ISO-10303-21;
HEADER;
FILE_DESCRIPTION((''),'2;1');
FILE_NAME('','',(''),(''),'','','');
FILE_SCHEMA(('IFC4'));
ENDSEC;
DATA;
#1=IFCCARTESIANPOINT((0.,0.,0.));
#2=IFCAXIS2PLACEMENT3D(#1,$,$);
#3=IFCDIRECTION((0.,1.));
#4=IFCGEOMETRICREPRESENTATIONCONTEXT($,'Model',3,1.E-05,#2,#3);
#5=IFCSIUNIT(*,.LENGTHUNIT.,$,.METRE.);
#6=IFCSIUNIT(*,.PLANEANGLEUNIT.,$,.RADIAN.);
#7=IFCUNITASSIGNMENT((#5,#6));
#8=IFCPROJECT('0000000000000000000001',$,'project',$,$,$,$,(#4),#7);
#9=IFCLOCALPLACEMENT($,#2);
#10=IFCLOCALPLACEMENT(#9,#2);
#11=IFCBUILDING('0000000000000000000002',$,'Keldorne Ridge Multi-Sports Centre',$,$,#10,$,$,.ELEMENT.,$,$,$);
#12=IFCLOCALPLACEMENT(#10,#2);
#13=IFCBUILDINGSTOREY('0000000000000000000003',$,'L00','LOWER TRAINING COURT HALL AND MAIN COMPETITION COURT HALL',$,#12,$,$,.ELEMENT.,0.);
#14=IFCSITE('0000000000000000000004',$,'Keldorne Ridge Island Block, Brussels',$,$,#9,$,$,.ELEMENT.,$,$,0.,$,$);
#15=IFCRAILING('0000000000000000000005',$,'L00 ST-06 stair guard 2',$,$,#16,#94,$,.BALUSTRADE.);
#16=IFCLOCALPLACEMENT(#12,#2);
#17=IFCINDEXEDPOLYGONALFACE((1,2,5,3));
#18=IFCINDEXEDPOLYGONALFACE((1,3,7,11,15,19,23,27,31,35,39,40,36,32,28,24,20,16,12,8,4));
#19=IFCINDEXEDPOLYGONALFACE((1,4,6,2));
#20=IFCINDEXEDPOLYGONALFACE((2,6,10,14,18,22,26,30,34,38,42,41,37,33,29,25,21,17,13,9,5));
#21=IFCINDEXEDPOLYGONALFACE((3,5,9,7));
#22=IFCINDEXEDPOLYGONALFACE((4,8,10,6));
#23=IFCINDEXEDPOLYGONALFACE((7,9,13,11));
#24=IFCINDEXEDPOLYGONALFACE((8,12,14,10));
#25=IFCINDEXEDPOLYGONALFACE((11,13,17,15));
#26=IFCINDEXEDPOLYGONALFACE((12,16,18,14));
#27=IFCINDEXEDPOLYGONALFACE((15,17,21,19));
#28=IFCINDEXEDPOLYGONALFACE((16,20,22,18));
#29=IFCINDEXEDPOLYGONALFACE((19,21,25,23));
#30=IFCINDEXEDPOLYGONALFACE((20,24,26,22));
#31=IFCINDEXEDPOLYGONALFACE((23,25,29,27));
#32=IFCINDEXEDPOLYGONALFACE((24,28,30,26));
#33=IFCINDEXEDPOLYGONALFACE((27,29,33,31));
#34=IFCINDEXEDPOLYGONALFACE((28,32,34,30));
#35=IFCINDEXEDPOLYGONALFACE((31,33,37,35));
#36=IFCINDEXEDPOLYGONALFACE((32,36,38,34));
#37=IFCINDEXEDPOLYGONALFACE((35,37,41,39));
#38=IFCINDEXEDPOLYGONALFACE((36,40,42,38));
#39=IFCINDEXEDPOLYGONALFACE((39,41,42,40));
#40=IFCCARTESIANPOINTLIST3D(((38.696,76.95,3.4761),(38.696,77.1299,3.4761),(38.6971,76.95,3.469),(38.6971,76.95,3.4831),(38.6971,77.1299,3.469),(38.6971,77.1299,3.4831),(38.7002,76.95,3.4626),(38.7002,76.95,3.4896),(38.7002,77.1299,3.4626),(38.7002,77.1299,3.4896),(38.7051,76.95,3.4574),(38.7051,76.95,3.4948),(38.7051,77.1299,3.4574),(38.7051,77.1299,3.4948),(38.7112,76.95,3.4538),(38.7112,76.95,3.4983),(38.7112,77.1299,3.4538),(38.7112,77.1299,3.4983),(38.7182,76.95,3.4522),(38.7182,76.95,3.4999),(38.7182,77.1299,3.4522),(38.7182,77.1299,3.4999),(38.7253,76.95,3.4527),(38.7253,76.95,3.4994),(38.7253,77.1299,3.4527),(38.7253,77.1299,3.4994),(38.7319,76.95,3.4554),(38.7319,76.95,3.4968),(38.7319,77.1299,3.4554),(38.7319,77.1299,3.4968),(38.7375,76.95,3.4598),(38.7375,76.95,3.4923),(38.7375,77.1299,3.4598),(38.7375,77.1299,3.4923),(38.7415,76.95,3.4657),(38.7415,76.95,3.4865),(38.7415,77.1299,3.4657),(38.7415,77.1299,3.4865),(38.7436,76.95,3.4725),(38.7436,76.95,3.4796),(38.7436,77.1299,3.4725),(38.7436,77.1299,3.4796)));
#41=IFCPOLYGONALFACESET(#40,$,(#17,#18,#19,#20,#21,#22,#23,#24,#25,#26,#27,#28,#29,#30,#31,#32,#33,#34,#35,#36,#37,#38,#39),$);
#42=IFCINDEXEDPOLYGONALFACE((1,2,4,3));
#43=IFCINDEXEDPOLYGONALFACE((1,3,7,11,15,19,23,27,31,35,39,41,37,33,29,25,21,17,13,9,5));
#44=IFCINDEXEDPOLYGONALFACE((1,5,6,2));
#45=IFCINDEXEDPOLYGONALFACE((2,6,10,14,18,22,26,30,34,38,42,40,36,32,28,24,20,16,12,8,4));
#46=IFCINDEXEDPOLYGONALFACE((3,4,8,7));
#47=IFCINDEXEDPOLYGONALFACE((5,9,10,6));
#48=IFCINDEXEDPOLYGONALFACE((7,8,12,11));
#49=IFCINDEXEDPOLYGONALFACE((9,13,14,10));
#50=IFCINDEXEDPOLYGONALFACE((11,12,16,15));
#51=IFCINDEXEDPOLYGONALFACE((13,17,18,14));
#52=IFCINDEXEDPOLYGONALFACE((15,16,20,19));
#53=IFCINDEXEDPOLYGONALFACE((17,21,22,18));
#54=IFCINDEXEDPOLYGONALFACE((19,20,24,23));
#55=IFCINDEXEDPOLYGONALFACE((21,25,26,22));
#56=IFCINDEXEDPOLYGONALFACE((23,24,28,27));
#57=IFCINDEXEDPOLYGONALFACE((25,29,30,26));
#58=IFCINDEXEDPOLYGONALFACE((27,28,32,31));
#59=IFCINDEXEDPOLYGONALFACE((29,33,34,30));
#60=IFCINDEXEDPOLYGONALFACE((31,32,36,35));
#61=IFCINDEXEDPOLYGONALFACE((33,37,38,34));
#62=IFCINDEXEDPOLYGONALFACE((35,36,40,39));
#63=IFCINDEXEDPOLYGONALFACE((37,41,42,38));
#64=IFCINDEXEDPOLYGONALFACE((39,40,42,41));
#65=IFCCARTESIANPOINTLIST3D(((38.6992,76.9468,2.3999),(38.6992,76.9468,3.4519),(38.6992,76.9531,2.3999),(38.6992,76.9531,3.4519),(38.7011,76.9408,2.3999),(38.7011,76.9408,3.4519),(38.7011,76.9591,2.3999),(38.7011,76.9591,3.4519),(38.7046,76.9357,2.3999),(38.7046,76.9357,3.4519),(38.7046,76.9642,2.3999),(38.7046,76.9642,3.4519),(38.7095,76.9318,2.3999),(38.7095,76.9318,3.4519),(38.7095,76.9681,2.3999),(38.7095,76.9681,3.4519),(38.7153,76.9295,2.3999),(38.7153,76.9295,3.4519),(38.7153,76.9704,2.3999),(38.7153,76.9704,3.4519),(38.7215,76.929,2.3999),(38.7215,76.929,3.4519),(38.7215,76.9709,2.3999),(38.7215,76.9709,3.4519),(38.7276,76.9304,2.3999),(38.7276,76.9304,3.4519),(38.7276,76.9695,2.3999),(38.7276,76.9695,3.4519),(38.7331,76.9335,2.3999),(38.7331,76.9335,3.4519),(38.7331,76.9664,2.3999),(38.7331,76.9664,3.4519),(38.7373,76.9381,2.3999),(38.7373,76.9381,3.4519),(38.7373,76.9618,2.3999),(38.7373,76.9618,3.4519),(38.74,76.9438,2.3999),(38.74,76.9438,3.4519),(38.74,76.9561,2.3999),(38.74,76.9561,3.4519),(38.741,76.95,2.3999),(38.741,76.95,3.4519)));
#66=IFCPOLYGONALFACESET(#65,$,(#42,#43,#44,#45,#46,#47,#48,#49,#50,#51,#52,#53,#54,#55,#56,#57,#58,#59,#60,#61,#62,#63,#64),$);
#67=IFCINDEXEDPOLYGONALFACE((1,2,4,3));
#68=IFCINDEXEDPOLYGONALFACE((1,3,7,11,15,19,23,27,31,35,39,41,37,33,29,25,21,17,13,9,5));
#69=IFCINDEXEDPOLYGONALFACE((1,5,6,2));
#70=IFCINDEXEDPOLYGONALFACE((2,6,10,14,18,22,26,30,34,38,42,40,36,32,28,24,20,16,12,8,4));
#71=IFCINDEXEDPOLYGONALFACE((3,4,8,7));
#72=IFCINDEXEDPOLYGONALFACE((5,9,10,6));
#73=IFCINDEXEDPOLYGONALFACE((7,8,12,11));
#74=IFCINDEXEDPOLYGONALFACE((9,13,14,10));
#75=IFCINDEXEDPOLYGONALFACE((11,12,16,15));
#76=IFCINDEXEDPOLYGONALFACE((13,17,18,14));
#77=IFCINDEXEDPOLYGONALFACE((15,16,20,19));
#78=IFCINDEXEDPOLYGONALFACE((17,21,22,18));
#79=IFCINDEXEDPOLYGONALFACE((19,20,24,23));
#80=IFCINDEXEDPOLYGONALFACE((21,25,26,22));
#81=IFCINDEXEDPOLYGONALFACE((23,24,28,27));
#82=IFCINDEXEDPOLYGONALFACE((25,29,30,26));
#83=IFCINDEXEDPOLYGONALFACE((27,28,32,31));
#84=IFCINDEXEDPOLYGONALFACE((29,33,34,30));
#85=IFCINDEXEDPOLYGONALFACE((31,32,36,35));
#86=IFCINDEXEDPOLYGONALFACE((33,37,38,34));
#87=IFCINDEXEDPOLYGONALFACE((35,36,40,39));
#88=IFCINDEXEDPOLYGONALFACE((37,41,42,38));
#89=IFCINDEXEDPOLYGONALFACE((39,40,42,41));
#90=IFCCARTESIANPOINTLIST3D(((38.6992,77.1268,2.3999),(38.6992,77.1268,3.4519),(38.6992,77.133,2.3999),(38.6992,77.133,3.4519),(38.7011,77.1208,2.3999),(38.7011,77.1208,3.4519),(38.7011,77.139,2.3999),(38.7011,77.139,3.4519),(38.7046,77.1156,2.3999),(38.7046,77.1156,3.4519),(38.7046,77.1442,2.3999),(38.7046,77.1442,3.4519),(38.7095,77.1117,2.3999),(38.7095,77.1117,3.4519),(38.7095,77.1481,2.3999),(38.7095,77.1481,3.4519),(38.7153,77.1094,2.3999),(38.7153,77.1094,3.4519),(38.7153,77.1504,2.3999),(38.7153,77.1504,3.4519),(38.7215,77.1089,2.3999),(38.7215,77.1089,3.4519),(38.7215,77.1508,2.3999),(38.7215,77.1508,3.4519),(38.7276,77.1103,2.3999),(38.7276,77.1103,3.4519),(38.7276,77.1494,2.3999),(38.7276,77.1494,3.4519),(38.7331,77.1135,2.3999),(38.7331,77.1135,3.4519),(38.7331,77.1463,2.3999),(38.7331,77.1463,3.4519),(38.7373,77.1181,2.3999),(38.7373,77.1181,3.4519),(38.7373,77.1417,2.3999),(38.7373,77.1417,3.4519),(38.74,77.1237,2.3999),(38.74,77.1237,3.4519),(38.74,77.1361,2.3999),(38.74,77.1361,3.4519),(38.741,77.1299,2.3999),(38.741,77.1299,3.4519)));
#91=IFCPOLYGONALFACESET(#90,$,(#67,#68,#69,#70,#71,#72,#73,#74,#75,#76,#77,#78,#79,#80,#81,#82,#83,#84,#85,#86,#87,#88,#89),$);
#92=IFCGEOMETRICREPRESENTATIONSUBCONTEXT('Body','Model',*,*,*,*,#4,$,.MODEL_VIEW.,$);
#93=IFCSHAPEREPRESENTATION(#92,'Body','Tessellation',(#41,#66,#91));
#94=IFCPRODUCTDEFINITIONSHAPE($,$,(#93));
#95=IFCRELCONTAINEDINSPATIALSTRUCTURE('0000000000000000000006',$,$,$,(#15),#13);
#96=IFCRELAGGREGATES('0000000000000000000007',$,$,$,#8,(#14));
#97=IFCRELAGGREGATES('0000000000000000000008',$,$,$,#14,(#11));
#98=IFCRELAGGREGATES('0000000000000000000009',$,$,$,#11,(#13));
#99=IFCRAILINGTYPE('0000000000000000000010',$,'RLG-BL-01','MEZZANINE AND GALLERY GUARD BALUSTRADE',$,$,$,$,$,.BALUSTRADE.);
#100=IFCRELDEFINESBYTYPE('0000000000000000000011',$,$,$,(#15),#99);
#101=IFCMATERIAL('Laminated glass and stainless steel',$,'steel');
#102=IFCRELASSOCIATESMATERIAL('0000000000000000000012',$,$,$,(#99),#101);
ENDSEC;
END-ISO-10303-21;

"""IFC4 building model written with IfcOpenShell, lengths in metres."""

from ifc_helpers import new_model, si_unit, direction, frame, origin, origin_2d, place, context, subcontext, project, spatial, circle, extrude, material, type_object, element, save


model = new_model("IFC4")

# Units and contexts
model_context = context("Model", 3, precision=1e-05, world=origin(), true_north=direction((0.0, 1.0)))
body_context = subcontext(model_context, "Body", "Model", "MODEL_VIEW")
ifc_project = project(units=[si_unit("LENGTHUNIT", "METRE"), si_unit("PLANEANGLEUNIT", "RADIAN")], contexts=[model_context])

# Site, building, storey
site_placement = place(None, origin())
site = spatial("IfcSite", under=ifc_project, at=site_placement, Name="Keldorne Ridge Island Block, Brussels", CompositionType="ELEMENT", RefElevation=0.0)
building_placement = place(site_placement, origin())
building = spatial("IfcBuilding", under=site, at=building_placement, Name="Keldorne Ridge Multi-Sports Centre", CompositionType="ELEMENT")
storey_placement = place(building_placement, origin())
storey = spatial("IfcBuildingStorey", under=building, at=storey_placement, Name="L00", Description="LOWER TRAINING COURT HALL AND MAIN COMPETITION COURT HALL", CompositionType="ELEMENT", Elevation=0.0)

# Railing
ifc_material_1 = material(Name="Laminated glass and stainless steel", Category="steel")
railing_type_1 = type_object("IfcRailingType", Name="RLG-BL-01", Description="MEZZANINE AND GALLERY GUARD BALUSTRADE", PredefinedType="BALUSTRADE", material=ifc_material_1)
railing_1_placement = place(storey_placement, frame((38.72, 76.95, 2.3999)))
element("IfcRailing", 1, at=railing_1_placement, inside=storey, type_object=railing_type_1, Name="L00 ST-06 stair guard 2", PredefinedType="BALUSTRADE", context=body_context, shape_type="SweptSolid", body=[
    extrude(circle(Radius=0.0239, at=origin_2d()), frame((0.0, 0.0, 1.0762), z_axis=(0.0, 1.0, 0.0), x_axis=(-1.0, 0.0, 0.0)), (0.0, 0.0, 1.0), 0.1799),
    extrude(circle(Radius=0.021, at=origin_2d()), origin(), (0.0, 0.0, 1.0), 1.052),
    extrude(circle(Radius=0.021, at=origin_2d()), frame((0.0, 0.1799, 0.0)), (0.0, 0.0, 1.0), 1.052),
])

save(model, "model.ifc")
